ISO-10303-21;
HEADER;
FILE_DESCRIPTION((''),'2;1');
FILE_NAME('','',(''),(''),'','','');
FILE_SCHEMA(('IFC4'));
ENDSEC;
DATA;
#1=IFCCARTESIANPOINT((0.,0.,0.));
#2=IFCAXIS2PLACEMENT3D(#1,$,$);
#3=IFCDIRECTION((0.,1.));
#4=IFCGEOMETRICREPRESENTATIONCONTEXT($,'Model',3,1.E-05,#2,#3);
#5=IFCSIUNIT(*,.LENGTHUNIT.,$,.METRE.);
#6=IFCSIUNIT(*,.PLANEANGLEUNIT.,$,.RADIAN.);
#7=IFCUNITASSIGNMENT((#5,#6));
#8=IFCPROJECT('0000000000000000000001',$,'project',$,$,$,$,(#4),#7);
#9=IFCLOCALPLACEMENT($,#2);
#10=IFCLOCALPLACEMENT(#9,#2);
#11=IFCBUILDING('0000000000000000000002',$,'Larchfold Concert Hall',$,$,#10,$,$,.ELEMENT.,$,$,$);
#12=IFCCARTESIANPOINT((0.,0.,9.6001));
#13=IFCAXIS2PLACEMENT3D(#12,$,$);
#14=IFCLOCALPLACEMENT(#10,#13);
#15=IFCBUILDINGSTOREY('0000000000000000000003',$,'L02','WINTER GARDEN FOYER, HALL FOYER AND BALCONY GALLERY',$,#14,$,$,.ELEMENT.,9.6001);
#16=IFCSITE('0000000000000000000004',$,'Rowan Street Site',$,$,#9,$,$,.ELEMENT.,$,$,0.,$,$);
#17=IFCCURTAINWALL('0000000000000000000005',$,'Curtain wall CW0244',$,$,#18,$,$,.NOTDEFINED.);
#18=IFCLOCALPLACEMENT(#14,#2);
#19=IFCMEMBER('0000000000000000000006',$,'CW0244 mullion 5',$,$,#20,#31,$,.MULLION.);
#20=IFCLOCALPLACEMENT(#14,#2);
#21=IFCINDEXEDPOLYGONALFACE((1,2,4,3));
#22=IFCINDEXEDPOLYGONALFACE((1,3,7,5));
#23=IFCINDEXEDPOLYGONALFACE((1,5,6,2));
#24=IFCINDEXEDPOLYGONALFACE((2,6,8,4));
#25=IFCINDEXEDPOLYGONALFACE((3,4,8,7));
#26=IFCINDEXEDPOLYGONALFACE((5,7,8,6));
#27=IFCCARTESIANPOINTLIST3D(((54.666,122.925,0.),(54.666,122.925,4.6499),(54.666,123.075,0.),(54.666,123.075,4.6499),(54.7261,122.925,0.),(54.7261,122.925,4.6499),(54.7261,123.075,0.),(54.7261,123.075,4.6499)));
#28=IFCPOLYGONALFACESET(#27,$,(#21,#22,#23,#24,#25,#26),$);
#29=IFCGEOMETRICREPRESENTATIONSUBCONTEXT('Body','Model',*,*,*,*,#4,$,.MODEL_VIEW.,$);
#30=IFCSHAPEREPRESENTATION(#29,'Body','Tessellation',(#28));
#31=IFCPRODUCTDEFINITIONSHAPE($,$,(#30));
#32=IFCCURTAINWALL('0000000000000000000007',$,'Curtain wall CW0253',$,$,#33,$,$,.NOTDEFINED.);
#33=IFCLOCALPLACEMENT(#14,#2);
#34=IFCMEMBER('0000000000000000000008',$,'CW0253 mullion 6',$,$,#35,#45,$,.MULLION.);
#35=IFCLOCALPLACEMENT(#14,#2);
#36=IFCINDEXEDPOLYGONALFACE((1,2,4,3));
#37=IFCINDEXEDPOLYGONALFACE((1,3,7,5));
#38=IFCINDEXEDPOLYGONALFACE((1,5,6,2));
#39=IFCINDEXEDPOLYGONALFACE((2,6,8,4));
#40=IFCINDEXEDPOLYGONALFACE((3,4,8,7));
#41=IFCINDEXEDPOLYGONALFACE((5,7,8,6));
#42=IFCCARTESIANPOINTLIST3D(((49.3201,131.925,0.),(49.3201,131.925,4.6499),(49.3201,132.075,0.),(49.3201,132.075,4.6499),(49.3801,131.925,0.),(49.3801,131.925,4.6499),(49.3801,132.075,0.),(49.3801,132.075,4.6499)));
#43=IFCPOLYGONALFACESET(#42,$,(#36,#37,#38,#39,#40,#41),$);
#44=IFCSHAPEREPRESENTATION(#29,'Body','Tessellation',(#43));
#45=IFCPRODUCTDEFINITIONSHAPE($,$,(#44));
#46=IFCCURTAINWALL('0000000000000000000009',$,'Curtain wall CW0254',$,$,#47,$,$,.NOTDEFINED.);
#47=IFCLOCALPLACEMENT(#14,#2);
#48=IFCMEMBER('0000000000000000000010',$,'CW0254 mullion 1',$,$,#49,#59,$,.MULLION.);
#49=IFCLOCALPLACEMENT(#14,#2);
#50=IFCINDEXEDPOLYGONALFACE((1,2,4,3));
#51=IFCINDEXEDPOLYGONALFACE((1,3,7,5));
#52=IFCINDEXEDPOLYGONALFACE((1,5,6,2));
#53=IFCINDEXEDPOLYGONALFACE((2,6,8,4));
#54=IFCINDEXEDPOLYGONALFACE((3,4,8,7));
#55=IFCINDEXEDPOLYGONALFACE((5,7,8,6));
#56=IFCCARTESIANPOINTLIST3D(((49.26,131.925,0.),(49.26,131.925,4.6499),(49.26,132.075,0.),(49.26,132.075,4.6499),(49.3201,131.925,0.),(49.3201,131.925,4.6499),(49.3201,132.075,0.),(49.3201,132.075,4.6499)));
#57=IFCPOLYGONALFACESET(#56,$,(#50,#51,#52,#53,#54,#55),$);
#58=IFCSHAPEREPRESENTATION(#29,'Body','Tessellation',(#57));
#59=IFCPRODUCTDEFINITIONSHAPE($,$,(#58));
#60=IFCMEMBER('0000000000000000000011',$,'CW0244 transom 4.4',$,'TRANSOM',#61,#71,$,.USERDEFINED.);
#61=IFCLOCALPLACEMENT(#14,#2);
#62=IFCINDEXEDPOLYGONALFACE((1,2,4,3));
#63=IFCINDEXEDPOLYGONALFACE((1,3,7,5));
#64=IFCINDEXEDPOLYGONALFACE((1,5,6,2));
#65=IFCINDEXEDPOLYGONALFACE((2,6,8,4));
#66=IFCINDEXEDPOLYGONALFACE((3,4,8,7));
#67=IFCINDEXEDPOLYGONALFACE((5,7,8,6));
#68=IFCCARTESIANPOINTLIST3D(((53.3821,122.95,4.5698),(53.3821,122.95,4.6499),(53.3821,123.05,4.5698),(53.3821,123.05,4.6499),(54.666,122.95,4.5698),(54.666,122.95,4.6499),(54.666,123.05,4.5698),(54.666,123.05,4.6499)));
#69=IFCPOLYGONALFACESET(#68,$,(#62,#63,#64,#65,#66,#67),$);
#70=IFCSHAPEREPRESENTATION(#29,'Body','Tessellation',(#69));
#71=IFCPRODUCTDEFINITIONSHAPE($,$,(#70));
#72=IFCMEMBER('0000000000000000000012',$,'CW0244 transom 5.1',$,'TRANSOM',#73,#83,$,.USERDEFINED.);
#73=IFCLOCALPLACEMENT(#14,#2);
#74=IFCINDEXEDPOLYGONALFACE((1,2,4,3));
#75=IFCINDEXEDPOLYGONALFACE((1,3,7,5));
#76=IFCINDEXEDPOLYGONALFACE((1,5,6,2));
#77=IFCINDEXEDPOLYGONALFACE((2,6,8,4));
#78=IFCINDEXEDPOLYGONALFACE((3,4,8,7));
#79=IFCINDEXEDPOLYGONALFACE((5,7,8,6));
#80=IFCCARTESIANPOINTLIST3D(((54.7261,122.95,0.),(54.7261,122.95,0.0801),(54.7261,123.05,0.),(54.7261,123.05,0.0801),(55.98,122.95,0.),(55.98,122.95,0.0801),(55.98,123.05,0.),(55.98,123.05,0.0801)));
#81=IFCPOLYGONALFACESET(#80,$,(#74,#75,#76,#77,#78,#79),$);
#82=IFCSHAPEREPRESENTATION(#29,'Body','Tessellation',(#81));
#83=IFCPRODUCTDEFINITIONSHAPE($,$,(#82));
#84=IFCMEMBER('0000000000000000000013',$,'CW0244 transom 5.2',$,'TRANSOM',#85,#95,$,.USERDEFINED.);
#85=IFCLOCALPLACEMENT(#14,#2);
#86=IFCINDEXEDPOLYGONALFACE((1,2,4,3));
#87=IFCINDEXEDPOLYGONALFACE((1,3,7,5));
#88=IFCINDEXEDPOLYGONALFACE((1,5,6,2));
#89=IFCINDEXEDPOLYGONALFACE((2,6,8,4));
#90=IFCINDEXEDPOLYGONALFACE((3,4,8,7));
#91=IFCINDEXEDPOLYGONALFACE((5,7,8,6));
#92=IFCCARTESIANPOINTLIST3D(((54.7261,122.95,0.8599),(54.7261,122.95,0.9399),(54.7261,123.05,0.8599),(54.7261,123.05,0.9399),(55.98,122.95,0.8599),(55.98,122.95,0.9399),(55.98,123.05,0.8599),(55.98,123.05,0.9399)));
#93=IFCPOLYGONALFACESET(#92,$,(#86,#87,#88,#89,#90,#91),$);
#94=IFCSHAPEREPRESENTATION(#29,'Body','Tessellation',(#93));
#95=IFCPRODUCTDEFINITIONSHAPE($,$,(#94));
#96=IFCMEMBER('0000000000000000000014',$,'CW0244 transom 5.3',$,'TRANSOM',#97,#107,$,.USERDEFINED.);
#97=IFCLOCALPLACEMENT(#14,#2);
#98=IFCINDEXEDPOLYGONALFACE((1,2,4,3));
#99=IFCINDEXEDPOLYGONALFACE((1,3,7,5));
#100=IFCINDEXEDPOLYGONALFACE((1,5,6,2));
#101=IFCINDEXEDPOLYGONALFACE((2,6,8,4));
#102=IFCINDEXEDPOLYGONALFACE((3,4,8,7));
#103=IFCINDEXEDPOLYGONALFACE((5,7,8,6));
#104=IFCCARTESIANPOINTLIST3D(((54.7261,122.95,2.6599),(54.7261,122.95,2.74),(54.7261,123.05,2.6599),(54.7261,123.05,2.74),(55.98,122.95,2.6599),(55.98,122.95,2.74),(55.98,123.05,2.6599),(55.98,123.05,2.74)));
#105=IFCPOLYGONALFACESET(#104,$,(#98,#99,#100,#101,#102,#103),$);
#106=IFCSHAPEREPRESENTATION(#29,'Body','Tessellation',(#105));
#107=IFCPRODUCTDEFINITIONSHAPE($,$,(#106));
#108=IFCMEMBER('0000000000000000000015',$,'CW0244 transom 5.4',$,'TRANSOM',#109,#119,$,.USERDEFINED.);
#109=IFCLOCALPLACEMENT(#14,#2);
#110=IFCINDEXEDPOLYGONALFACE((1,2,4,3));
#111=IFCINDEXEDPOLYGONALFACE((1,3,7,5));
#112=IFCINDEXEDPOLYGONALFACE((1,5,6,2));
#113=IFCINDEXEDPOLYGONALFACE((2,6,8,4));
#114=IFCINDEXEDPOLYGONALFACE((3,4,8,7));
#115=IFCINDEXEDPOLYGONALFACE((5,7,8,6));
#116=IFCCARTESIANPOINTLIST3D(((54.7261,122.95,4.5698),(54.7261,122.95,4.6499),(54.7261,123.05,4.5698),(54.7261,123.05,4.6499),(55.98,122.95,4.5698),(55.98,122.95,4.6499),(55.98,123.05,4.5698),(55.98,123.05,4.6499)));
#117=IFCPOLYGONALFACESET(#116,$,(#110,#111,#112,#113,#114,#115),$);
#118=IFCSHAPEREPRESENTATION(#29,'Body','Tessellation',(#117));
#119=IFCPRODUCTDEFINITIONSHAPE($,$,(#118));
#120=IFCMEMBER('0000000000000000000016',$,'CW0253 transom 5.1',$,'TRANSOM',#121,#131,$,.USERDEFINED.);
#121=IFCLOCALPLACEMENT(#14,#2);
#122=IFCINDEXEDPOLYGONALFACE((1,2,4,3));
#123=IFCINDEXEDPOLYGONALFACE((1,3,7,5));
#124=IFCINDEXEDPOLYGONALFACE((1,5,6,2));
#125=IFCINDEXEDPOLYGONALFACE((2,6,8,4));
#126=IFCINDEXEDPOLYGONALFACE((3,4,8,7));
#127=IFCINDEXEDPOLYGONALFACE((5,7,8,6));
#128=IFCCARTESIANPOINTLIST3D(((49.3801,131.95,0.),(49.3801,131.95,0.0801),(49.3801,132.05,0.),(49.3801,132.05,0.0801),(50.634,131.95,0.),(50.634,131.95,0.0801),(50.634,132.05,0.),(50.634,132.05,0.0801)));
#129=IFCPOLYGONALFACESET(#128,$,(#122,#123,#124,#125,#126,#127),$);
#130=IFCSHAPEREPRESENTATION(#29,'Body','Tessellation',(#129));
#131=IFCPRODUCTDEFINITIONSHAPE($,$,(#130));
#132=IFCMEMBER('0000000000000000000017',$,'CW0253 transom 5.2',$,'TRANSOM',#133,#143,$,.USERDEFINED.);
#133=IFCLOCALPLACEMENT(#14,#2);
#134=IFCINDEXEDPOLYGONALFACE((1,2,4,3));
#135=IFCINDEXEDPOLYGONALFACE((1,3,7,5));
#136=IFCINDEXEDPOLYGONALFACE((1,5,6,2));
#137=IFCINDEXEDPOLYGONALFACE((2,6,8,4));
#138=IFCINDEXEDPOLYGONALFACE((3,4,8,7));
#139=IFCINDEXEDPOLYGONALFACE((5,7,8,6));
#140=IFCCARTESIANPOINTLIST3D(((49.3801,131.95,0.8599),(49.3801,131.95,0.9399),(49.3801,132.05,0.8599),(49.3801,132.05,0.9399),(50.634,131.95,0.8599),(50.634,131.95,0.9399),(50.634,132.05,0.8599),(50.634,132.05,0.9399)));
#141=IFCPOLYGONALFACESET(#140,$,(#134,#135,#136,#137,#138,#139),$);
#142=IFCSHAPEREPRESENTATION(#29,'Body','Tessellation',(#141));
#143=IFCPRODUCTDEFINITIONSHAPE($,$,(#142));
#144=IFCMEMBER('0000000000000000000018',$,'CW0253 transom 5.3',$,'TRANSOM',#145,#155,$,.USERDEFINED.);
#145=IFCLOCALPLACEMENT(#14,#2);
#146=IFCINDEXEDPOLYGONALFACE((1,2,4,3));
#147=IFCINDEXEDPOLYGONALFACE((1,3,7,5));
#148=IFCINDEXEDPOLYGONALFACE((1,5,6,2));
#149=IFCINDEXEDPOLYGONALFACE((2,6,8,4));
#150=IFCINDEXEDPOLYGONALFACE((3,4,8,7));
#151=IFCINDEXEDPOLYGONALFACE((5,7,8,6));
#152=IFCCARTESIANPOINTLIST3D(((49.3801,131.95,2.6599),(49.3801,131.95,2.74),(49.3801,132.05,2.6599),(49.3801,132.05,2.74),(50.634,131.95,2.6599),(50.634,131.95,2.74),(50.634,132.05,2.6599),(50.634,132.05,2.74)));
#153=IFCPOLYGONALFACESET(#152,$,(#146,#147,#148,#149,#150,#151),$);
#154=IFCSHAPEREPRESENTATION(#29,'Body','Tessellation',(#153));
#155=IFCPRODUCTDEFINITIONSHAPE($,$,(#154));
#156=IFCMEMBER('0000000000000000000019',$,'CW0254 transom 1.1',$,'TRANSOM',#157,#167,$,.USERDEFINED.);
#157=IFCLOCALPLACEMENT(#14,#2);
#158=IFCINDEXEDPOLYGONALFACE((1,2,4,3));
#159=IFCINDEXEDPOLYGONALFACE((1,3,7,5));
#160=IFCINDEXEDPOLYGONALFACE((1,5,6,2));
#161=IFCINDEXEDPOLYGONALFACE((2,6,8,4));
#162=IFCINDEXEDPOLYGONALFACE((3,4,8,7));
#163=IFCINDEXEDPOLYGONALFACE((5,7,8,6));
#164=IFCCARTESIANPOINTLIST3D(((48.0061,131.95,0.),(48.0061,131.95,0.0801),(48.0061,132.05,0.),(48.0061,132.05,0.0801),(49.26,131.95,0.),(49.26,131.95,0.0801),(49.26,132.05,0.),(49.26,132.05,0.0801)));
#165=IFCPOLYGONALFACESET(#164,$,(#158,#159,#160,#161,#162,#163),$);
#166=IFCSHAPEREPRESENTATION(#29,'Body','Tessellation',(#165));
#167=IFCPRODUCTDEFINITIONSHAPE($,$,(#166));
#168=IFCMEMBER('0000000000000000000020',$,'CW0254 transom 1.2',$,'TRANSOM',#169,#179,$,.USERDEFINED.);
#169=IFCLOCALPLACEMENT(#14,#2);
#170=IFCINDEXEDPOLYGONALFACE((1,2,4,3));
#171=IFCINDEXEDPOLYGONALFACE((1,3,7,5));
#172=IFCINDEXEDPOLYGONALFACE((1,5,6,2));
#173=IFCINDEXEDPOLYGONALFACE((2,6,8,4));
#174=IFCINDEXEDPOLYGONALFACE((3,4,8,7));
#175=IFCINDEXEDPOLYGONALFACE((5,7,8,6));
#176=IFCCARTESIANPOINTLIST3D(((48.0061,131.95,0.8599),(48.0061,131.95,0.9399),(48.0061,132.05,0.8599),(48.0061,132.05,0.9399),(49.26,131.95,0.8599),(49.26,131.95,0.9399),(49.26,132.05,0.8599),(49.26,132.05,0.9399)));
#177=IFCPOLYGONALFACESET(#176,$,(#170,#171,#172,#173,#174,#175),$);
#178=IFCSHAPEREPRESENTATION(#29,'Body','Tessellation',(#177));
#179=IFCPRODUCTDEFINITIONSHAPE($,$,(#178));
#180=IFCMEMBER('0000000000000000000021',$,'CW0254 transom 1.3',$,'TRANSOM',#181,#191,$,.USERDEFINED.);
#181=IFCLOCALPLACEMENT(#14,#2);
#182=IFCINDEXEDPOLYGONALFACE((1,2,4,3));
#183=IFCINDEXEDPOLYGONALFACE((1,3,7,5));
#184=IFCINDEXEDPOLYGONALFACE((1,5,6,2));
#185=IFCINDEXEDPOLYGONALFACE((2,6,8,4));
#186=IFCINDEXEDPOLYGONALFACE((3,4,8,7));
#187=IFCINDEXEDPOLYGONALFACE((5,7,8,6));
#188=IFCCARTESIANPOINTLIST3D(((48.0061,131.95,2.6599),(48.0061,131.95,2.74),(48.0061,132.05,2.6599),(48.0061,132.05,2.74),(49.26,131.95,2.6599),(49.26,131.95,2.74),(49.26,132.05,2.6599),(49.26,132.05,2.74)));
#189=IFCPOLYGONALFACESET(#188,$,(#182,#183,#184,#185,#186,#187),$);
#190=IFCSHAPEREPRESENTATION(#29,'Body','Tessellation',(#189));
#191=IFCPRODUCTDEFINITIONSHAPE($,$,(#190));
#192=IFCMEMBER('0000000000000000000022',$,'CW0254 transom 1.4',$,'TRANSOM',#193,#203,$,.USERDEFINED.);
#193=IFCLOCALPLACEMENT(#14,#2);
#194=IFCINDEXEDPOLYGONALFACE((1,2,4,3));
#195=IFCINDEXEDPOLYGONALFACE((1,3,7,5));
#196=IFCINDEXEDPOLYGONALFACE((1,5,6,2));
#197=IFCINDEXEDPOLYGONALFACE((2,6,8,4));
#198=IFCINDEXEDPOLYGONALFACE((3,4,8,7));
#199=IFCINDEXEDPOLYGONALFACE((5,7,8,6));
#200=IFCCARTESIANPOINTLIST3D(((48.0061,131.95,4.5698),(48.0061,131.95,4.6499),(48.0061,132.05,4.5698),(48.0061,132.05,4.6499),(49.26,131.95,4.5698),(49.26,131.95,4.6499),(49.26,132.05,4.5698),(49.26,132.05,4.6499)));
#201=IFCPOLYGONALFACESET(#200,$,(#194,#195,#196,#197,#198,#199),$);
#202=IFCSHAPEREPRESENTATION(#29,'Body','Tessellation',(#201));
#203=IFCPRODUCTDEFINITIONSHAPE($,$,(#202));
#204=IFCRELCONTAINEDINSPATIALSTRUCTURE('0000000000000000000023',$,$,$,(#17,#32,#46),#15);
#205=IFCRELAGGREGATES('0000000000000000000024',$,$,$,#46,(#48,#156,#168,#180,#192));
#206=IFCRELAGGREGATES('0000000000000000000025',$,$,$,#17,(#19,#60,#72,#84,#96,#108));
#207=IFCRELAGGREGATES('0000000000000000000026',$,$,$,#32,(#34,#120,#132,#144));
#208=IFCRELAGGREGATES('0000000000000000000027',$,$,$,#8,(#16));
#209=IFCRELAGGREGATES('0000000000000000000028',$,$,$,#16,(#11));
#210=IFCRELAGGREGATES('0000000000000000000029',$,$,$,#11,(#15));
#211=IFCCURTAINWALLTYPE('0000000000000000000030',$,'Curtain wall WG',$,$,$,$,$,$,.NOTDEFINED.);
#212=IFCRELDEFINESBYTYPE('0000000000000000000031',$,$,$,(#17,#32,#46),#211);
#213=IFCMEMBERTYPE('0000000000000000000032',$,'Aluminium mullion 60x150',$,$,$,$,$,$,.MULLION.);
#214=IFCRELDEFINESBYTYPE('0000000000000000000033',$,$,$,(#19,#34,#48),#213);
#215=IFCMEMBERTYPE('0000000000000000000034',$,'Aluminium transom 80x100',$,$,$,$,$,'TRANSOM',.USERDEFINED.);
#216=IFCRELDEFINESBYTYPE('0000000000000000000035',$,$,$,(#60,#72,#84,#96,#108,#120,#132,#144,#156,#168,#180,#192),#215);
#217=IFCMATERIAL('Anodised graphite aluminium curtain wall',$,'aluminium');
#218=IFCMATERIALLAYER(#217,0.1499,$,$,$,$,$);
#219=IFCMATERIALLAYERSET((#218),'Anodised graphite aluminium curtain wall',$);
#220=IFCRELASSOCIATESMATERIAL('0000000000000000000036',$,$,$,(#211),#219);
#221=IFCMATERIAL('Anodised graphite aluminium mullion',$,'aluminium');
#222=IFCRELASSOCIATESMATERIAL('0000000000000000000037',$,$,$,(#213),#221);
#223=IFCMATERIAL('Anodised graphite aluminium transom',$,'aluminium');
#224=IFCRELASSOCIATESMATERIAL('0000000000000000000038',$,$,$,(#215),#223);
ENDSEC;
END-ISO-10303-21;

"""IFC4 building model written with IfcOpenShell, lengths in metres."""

from ifc_helpers import new_model, si_unit, direction, frame, origin, origin_2d, place, context, subcontext, project, spatial, rectangle, extrude, material, layer, layer_set, material_profile, profile_set, type_object, element, aggregate, save


model = new_model("IFC4")

# Units and contexts
model_context = context("Model", 3, precision=1e-05, world=origin(), true_north=direction((0.0, 1.0)))
body_context = subcontext(model_context, "Body", "Model", "MODEL_VIEW")
ifc_project = project(units=[si_unit("LENGTHUNIT", "METRE"), si_unit("PLANEANGLEUNIT", "RADIAN")], contexts=[model_context])

# Site, building, storey
site_placement = place(None, origin())
site = spatial("IfcSite", under=ifc_project, at=site_placement, Name="Rowan Street Site", CompositionType="ELEMENT", RefElevation=0.0)
building_placement = place(site_placement, origin())
building = spatial("IfcBuilding", under=site, at=building_placement, Name="Larchfold Concert Hall", CompositionType="ELEMENT")
storey_placement = place(building_placement, frame((0.0, 0.0, 9.6001)))
storey = spatial("IfcBuildingStorey", under=building, at=storey_placement, Name="L02", Description="WINTER GARDEN FOYER, HALL FOYER AND BALCONY GALLERY", CompositionType="ELEMENT", Elevation=9.6001)

# Curtain walls, members
ifc_material_1 = material(Name="Anodised graphite aluminium curtain wall", Category="aluminium")
ifc_layer_1 = layer(ifc_material_1, 0.1499)
ifc_layer_set_1 = layer_set([ifc_layer_1], Name="Anodised graphite aluminium curtain wall")
curtain_wall_type = type_object("IfcCurtainWallType", Name="Curtain wall WG", PredefinedType="NOTDEFINED", material=ifc_layer_set_1)
curtain_wall_1_placement = place(storey_placement, origin())
curtain_wall_1 = element("IfcCurtainWall", 1, at=curtain_wall_1_placement, inside=storey, type_object=curtain_wall_type, Name="Curtain wall CW0244", PredefinedType="NOTDEFINED")
ifc_material_2 = material(Name="Anodised graphite aluminium mullion", Category="aluminium")
ifc_material_profile_1 = material_profile(ifc_material_2, rectangle(XDim=0.1499, YDim=0.0601, at=origin_2d()))
ifc_profile_set_1 = profile_set([ifc_material_profile_1], Name="Anodised graphite aluminium mullion")
member_type_1 = type_object("IfcMemberType", Name="Aluminium mullion 60x150", PredefinedType="MULLION", material=ifc_profile_set_1)
member_1_placement = place(storey_placement, frame((54.696, 123.0, 0.0), z_axis=(0.0, 0.0, 1.0), x_axis=(0.0, 1.0, 0.0)))
member_1 = element("IfcMember", 2, at=member_1_placement, type_object=member_type_1, Name="CW0244 mullion 5", PredefinedType="MULLION", context=body_context, shape_type="SweptSolid", body=[
    extrude(rectangle(XDim=0.1499, YDim=0.0601, at=origin_2d()), origin(), (0.0, 0.0, 1.0), 4.6499),
])
curtain_wall_2_placement = place(storey_placement, origin())
curtain_wall_2 = element("IfcCurtainWall", 3, at=curtain_wall_2_placement, inside=storey, type_object=curtain_wall_type, Name="Curtain wall CW0253", PredefinedType="NOTDEFINED")
member_2_placement = place(storey_placement, frame((49.3501, 132.0, 0.0), z_axis=(0.0, 0.0, 1.0), x_axis=(0.0, -1.0, 0.0)))
member_2 = element("IfcMember", 4, at=member_2_placement, type_object=member_type_1, Name="CW0253 mullion 6", PredefinedType="MULLION", context=body_context, shape_type="SweptSolid", body=[
    extrude(rectangle(XDim=0.1499, YDim=0.0601, at=origin_2d()), origin(), (0.0, 0.0, 1.0), 4.6499),
])
curtain_wall_3_placement = place(storey_placement, origin())
curtain_wall_3 = element("IfcCurtainWall", 5, at=curtain_wall_3_placement, inside=storey, type_object=curtain_wall_type, Name="Curtain wall CW0254", PredefinedType="NOTDEFINED")
member_3_placement = place(storey_placement, frame((49.29, 132.0, 0.0), z_axis=(0.0, 0.0, 1.0), x_axis=(0.0, -1.0, 0.0)))
member_3 = element("IfcMember", 6, at=member_3_placement, type_object=member_type_1, Name="CW0254 mullion 1", PredefinedType="MULLION", context=body_context, shape_type="SweptSolid", body=[
    extrude(rectangle(XDim=0.1499, YDim=0.0601, at=origin_2d()), origin(), (0.0, 0.0, 1.0), 4.6499),
])

# Members
ifc_material_3 = material(Name="Anodised graphite aluminium transom", Category="aluminium")
ifc_material_profile_2 = material_profile(ifc_material_3, rectangle(XDim=0.1001, YDim=0.0801, at=origin_2d()))
ifc_profile_set_2 = profile_set([ifc_material_profile_2], Name="Anodised graphite aluminium transom")
member_type_2 = type_object("IfcMemberType", Name="Aluminium transom 80x100", ElementType="TRANSOM", PredefinedType="USERDEFINED", material=ifc_profile_set_2)
member_4_placement = place(storey_placement, frame((53.3821, 123.0, 4.6099), z_axis=(1.0, 0.0, 0.0), x_axis=(0.0, 1.0, 0.0)))
member_4 = element("IfcMember", 7, at=member_4_placement, type_object=member_type_2, Name="CW0244 transom 4.4", ObjectType="TRANSOM", PredefinedType="USERDEFINED", context=body_context, shape_type="SweptSolid", body=[
    extrude(rectangle(XDim=0.1001, YDim=0.0801, at=origin_2d()), origin(), (0.0, 0.0, 1.0), 1.2839),
])
member_5_placement = place(storey_placement, frame((54.7261, 123.0, 0.04), z_axis=(1.0, 0.0, 0.0), x_axis=(0.0, 1.0, 0.0)))
member_5 = element("IfcMember", 8, at=member_5_placement, type_object=member_type_2, Name="CW0244 transom 5.1", ObjectType="TRANSOM", PredefinedType="USERDEFINED", context=body_context, shape_type="SweptSolid", body=[
    extrude(rectangle(XDim=0.1001, YDim=0.0801, at=origin_2d()), origin(), (0.0, 0.0, 1.0), 1.2539),
])
member_6_placement = place(storey_placement, frame((54.7261, 123.0, 0.8999), z_axis=(1.0, 0.0, 0.0), x_axis=(0.0, 1.0, 0.0)))
member_6 = element("IfcMember", 9, at=member_6_placement, type_object=member_type_2, Name="CW0244 transom 5.2", ObjectType="TRANSOM", PredefinedType="USERDEFINED", context=body_context, shape_type="SweptSolid", body=[
    extrude(rectangle(XDim=0.1001, YDim=0.0801, at=origin_2d()), origin(), (0.0, 0.0, 1.0), 1.2539),
])
member_7_placement = place(storey_placement, frame((54.7261, 123.0, 2.7), z_axis=(1.0, 0.0, 0.0), x_axis=(0.0, 1.0, 0.0)))
member_7 = element("IfcMember", 10, at=member_7_placement, type_object=member_type_2, Name="CW0244 transom 5.3", ObjectType="TRANSOM", PredefinedType="USERDEFINED", context=body_context, shape_type="SweptSolid", body=[
    extrude(rectangle(XDim=0.1001, YDim=0.0801, at=origin_2d()), origin(), (0.0, 0.0, 1.0), 1.2539),
])
member_8_placement = place(storey_placement, frame((54.7261, 123.0, 4.6099), z_axis=(1.0, 0.0, 0.0), x_axis=(0.0, 1.0, 0.0)))
member_8 = element("IfcMember", 11, at=member_8_placement, type_object=member_type_2, Name="CW0244 transom 5.4", ObjectType="TRANSOM", PredefinedType="USERDEFINED", context=body_context, shape_type="SweptSolid", body=[
    extrude(rectangle(XDim=0.1001, YDim=0.0801, at=origin_2d()), origin(), (0.0, 0.0, 1.0), 1.2539),
])
member_9_placement = place(storey_placement, frame((50.634, 132.0, 0.04), z_axis=(-1.0, 0.0, 0.0), x_axis=(0.0, -1.0, 0.0)))
member_9 = element("IfcMember", 12, at=member_9_placement, type_object=member_type_2, Name="CW0253 transom 5.1", ObjectType="TRANSOM", PredefinedType="USERDEFINED", context=body_context, shape_type="SweptSolid", body=[
    extrude(rectangle(XDim=0.1001, YDim=0.0801, at=origin_2d()), origin(), (0.0, 0.0, 1.0), 1.2539),
])
member_10_placement = place(storey_placement, frame((50.634, 132.0, 0.8999), z_axis=(-1.0, 0.0, 0.0), x_axis=(0.0, -1.0, 0.0)))
member_10 = element("IfcMember", 13, at=member_10_placement, type_object=member_type_2, Name="CW0253 transom 5.2", ObjectType="TRANSOM", PredefinedType="USERDEFINED", context=body_context, shape_type="SweptSolid", body=[
    extrude(rectangle(XDim=0.1001, YDim=0.0801, at=origin_2d()), origin(), (0.0, 0.0, 1.0), 1.2539),
])
member_11_placement = place(storey_placement, frame((50.634, 132.0, 2.7), z_axis=(-1.0, 0.0, 0.0), x_axis=(0.0, -1.0, 0.0)))
member_11 = element("IfcMember", 14, at=member_11_placement, type_object=member_type_2, Name="CW0253 transom 5.3", ObjectType="TRANSOM", PredefinedType="USERDEFINED", context=body_context, shape_type="SweptSolid", body=[
    extrude(rectangle(XDim=0.1001, YDim=0.0801, at=origin_2d()), origin(), (0.0, 0.0, 1.0), 1.2539),
])
member_12_placement = place(storey_placement, frame((49.26, 132.0, 0.04), z_axis=(-1.0, 0.0, 0.0), x_axis=(0.0, -1.0, 0.0)))
member_12 = element("IfcMember", 15, at=member_12_placement, type_object=member_type_2, Name="CW0254 transom 1.1", ObjectType="TRANSOM", PredefinedType="USERDEFINED", context=body_context, shape_type="SweptSolid", body=[
    extrude(rectangle(XDim=0.1001, YDim=0.0801, at=origin_2d()), origin(), (0.0, 0.0, 1.0), 1.2539),
])
member_13_placement = place(storey_placement, frame((49.26, 132.0, 0.8999), z_axis=(-1.0, 0.0, 0.0), x_axis=(0.0, -1.0, 0.0)))
member_13 = element("IfcMember", 16, at=member_13_placement, type_object=member_type_2, Name="CW0254 transom 1.2", ObjectType="TRANSOM", PredefinedType="USERDEFINED", context=body_context, shape_type="SweptSolid", body=[
    extrude(rectangle(XDim=0.1001, YDim=0.0801, at=origin_2d()), origin(), (0.0, 0.0, 1.0), 1.2539),
])
member_14_placement = place(storey_placement, frame((49.26, 132.0, 2.7), z_axis=(-1.0, 0.0, 0.0), x_axis=(0.0, -1.0, 0.0)))
member_14 = element("IfcMember", 17, at=member_14_placement, type_object=member_type_2, Name="CW0254 transom 1.3", ObjectType="TRANSOM", PredefinedType="USERDEFINED", context=body_context, shape_type="SweptSolid", body=[
    extrude(rectangle(XDim=0.1001, YDim=0.0801, at=origin_2d()), origin(), (0.0, 0.0, 1.0), 1.2539),
])
member_15_placement = place(storey_placement, frame((49.26, 132.0, 4.6099), z_axis=(-1.0, 0.0, 0.0), x_axis=(0.0, -1.0, 0.0)))
member_15 = element("IfcMember", 18, at=member_15_placement, type_object=member_type_2, Name="CW0254 transom 1.4", ObjectType="TRANSOM", PredefinedType="USERDEFINED", context=body_context, shape_type="SweptSolid", body=[
    extrude(rectangle(XDim=0.1001, YDim=0.0801, at=origin_2d()), origin(), (0.0, 0.0, 1.0), 1.2539),
])
aggregate(curtain_wall_3, [member_3, member_12, member_13, member_14, member_15])

aggregate(curtain_wall_1, [member_1, member_4, member_5, member_6, member_7, member_8])
aggregate(curtain_wall_2, [member_2, member_9, member_10, member_11])

save(model, "model.ifc")
